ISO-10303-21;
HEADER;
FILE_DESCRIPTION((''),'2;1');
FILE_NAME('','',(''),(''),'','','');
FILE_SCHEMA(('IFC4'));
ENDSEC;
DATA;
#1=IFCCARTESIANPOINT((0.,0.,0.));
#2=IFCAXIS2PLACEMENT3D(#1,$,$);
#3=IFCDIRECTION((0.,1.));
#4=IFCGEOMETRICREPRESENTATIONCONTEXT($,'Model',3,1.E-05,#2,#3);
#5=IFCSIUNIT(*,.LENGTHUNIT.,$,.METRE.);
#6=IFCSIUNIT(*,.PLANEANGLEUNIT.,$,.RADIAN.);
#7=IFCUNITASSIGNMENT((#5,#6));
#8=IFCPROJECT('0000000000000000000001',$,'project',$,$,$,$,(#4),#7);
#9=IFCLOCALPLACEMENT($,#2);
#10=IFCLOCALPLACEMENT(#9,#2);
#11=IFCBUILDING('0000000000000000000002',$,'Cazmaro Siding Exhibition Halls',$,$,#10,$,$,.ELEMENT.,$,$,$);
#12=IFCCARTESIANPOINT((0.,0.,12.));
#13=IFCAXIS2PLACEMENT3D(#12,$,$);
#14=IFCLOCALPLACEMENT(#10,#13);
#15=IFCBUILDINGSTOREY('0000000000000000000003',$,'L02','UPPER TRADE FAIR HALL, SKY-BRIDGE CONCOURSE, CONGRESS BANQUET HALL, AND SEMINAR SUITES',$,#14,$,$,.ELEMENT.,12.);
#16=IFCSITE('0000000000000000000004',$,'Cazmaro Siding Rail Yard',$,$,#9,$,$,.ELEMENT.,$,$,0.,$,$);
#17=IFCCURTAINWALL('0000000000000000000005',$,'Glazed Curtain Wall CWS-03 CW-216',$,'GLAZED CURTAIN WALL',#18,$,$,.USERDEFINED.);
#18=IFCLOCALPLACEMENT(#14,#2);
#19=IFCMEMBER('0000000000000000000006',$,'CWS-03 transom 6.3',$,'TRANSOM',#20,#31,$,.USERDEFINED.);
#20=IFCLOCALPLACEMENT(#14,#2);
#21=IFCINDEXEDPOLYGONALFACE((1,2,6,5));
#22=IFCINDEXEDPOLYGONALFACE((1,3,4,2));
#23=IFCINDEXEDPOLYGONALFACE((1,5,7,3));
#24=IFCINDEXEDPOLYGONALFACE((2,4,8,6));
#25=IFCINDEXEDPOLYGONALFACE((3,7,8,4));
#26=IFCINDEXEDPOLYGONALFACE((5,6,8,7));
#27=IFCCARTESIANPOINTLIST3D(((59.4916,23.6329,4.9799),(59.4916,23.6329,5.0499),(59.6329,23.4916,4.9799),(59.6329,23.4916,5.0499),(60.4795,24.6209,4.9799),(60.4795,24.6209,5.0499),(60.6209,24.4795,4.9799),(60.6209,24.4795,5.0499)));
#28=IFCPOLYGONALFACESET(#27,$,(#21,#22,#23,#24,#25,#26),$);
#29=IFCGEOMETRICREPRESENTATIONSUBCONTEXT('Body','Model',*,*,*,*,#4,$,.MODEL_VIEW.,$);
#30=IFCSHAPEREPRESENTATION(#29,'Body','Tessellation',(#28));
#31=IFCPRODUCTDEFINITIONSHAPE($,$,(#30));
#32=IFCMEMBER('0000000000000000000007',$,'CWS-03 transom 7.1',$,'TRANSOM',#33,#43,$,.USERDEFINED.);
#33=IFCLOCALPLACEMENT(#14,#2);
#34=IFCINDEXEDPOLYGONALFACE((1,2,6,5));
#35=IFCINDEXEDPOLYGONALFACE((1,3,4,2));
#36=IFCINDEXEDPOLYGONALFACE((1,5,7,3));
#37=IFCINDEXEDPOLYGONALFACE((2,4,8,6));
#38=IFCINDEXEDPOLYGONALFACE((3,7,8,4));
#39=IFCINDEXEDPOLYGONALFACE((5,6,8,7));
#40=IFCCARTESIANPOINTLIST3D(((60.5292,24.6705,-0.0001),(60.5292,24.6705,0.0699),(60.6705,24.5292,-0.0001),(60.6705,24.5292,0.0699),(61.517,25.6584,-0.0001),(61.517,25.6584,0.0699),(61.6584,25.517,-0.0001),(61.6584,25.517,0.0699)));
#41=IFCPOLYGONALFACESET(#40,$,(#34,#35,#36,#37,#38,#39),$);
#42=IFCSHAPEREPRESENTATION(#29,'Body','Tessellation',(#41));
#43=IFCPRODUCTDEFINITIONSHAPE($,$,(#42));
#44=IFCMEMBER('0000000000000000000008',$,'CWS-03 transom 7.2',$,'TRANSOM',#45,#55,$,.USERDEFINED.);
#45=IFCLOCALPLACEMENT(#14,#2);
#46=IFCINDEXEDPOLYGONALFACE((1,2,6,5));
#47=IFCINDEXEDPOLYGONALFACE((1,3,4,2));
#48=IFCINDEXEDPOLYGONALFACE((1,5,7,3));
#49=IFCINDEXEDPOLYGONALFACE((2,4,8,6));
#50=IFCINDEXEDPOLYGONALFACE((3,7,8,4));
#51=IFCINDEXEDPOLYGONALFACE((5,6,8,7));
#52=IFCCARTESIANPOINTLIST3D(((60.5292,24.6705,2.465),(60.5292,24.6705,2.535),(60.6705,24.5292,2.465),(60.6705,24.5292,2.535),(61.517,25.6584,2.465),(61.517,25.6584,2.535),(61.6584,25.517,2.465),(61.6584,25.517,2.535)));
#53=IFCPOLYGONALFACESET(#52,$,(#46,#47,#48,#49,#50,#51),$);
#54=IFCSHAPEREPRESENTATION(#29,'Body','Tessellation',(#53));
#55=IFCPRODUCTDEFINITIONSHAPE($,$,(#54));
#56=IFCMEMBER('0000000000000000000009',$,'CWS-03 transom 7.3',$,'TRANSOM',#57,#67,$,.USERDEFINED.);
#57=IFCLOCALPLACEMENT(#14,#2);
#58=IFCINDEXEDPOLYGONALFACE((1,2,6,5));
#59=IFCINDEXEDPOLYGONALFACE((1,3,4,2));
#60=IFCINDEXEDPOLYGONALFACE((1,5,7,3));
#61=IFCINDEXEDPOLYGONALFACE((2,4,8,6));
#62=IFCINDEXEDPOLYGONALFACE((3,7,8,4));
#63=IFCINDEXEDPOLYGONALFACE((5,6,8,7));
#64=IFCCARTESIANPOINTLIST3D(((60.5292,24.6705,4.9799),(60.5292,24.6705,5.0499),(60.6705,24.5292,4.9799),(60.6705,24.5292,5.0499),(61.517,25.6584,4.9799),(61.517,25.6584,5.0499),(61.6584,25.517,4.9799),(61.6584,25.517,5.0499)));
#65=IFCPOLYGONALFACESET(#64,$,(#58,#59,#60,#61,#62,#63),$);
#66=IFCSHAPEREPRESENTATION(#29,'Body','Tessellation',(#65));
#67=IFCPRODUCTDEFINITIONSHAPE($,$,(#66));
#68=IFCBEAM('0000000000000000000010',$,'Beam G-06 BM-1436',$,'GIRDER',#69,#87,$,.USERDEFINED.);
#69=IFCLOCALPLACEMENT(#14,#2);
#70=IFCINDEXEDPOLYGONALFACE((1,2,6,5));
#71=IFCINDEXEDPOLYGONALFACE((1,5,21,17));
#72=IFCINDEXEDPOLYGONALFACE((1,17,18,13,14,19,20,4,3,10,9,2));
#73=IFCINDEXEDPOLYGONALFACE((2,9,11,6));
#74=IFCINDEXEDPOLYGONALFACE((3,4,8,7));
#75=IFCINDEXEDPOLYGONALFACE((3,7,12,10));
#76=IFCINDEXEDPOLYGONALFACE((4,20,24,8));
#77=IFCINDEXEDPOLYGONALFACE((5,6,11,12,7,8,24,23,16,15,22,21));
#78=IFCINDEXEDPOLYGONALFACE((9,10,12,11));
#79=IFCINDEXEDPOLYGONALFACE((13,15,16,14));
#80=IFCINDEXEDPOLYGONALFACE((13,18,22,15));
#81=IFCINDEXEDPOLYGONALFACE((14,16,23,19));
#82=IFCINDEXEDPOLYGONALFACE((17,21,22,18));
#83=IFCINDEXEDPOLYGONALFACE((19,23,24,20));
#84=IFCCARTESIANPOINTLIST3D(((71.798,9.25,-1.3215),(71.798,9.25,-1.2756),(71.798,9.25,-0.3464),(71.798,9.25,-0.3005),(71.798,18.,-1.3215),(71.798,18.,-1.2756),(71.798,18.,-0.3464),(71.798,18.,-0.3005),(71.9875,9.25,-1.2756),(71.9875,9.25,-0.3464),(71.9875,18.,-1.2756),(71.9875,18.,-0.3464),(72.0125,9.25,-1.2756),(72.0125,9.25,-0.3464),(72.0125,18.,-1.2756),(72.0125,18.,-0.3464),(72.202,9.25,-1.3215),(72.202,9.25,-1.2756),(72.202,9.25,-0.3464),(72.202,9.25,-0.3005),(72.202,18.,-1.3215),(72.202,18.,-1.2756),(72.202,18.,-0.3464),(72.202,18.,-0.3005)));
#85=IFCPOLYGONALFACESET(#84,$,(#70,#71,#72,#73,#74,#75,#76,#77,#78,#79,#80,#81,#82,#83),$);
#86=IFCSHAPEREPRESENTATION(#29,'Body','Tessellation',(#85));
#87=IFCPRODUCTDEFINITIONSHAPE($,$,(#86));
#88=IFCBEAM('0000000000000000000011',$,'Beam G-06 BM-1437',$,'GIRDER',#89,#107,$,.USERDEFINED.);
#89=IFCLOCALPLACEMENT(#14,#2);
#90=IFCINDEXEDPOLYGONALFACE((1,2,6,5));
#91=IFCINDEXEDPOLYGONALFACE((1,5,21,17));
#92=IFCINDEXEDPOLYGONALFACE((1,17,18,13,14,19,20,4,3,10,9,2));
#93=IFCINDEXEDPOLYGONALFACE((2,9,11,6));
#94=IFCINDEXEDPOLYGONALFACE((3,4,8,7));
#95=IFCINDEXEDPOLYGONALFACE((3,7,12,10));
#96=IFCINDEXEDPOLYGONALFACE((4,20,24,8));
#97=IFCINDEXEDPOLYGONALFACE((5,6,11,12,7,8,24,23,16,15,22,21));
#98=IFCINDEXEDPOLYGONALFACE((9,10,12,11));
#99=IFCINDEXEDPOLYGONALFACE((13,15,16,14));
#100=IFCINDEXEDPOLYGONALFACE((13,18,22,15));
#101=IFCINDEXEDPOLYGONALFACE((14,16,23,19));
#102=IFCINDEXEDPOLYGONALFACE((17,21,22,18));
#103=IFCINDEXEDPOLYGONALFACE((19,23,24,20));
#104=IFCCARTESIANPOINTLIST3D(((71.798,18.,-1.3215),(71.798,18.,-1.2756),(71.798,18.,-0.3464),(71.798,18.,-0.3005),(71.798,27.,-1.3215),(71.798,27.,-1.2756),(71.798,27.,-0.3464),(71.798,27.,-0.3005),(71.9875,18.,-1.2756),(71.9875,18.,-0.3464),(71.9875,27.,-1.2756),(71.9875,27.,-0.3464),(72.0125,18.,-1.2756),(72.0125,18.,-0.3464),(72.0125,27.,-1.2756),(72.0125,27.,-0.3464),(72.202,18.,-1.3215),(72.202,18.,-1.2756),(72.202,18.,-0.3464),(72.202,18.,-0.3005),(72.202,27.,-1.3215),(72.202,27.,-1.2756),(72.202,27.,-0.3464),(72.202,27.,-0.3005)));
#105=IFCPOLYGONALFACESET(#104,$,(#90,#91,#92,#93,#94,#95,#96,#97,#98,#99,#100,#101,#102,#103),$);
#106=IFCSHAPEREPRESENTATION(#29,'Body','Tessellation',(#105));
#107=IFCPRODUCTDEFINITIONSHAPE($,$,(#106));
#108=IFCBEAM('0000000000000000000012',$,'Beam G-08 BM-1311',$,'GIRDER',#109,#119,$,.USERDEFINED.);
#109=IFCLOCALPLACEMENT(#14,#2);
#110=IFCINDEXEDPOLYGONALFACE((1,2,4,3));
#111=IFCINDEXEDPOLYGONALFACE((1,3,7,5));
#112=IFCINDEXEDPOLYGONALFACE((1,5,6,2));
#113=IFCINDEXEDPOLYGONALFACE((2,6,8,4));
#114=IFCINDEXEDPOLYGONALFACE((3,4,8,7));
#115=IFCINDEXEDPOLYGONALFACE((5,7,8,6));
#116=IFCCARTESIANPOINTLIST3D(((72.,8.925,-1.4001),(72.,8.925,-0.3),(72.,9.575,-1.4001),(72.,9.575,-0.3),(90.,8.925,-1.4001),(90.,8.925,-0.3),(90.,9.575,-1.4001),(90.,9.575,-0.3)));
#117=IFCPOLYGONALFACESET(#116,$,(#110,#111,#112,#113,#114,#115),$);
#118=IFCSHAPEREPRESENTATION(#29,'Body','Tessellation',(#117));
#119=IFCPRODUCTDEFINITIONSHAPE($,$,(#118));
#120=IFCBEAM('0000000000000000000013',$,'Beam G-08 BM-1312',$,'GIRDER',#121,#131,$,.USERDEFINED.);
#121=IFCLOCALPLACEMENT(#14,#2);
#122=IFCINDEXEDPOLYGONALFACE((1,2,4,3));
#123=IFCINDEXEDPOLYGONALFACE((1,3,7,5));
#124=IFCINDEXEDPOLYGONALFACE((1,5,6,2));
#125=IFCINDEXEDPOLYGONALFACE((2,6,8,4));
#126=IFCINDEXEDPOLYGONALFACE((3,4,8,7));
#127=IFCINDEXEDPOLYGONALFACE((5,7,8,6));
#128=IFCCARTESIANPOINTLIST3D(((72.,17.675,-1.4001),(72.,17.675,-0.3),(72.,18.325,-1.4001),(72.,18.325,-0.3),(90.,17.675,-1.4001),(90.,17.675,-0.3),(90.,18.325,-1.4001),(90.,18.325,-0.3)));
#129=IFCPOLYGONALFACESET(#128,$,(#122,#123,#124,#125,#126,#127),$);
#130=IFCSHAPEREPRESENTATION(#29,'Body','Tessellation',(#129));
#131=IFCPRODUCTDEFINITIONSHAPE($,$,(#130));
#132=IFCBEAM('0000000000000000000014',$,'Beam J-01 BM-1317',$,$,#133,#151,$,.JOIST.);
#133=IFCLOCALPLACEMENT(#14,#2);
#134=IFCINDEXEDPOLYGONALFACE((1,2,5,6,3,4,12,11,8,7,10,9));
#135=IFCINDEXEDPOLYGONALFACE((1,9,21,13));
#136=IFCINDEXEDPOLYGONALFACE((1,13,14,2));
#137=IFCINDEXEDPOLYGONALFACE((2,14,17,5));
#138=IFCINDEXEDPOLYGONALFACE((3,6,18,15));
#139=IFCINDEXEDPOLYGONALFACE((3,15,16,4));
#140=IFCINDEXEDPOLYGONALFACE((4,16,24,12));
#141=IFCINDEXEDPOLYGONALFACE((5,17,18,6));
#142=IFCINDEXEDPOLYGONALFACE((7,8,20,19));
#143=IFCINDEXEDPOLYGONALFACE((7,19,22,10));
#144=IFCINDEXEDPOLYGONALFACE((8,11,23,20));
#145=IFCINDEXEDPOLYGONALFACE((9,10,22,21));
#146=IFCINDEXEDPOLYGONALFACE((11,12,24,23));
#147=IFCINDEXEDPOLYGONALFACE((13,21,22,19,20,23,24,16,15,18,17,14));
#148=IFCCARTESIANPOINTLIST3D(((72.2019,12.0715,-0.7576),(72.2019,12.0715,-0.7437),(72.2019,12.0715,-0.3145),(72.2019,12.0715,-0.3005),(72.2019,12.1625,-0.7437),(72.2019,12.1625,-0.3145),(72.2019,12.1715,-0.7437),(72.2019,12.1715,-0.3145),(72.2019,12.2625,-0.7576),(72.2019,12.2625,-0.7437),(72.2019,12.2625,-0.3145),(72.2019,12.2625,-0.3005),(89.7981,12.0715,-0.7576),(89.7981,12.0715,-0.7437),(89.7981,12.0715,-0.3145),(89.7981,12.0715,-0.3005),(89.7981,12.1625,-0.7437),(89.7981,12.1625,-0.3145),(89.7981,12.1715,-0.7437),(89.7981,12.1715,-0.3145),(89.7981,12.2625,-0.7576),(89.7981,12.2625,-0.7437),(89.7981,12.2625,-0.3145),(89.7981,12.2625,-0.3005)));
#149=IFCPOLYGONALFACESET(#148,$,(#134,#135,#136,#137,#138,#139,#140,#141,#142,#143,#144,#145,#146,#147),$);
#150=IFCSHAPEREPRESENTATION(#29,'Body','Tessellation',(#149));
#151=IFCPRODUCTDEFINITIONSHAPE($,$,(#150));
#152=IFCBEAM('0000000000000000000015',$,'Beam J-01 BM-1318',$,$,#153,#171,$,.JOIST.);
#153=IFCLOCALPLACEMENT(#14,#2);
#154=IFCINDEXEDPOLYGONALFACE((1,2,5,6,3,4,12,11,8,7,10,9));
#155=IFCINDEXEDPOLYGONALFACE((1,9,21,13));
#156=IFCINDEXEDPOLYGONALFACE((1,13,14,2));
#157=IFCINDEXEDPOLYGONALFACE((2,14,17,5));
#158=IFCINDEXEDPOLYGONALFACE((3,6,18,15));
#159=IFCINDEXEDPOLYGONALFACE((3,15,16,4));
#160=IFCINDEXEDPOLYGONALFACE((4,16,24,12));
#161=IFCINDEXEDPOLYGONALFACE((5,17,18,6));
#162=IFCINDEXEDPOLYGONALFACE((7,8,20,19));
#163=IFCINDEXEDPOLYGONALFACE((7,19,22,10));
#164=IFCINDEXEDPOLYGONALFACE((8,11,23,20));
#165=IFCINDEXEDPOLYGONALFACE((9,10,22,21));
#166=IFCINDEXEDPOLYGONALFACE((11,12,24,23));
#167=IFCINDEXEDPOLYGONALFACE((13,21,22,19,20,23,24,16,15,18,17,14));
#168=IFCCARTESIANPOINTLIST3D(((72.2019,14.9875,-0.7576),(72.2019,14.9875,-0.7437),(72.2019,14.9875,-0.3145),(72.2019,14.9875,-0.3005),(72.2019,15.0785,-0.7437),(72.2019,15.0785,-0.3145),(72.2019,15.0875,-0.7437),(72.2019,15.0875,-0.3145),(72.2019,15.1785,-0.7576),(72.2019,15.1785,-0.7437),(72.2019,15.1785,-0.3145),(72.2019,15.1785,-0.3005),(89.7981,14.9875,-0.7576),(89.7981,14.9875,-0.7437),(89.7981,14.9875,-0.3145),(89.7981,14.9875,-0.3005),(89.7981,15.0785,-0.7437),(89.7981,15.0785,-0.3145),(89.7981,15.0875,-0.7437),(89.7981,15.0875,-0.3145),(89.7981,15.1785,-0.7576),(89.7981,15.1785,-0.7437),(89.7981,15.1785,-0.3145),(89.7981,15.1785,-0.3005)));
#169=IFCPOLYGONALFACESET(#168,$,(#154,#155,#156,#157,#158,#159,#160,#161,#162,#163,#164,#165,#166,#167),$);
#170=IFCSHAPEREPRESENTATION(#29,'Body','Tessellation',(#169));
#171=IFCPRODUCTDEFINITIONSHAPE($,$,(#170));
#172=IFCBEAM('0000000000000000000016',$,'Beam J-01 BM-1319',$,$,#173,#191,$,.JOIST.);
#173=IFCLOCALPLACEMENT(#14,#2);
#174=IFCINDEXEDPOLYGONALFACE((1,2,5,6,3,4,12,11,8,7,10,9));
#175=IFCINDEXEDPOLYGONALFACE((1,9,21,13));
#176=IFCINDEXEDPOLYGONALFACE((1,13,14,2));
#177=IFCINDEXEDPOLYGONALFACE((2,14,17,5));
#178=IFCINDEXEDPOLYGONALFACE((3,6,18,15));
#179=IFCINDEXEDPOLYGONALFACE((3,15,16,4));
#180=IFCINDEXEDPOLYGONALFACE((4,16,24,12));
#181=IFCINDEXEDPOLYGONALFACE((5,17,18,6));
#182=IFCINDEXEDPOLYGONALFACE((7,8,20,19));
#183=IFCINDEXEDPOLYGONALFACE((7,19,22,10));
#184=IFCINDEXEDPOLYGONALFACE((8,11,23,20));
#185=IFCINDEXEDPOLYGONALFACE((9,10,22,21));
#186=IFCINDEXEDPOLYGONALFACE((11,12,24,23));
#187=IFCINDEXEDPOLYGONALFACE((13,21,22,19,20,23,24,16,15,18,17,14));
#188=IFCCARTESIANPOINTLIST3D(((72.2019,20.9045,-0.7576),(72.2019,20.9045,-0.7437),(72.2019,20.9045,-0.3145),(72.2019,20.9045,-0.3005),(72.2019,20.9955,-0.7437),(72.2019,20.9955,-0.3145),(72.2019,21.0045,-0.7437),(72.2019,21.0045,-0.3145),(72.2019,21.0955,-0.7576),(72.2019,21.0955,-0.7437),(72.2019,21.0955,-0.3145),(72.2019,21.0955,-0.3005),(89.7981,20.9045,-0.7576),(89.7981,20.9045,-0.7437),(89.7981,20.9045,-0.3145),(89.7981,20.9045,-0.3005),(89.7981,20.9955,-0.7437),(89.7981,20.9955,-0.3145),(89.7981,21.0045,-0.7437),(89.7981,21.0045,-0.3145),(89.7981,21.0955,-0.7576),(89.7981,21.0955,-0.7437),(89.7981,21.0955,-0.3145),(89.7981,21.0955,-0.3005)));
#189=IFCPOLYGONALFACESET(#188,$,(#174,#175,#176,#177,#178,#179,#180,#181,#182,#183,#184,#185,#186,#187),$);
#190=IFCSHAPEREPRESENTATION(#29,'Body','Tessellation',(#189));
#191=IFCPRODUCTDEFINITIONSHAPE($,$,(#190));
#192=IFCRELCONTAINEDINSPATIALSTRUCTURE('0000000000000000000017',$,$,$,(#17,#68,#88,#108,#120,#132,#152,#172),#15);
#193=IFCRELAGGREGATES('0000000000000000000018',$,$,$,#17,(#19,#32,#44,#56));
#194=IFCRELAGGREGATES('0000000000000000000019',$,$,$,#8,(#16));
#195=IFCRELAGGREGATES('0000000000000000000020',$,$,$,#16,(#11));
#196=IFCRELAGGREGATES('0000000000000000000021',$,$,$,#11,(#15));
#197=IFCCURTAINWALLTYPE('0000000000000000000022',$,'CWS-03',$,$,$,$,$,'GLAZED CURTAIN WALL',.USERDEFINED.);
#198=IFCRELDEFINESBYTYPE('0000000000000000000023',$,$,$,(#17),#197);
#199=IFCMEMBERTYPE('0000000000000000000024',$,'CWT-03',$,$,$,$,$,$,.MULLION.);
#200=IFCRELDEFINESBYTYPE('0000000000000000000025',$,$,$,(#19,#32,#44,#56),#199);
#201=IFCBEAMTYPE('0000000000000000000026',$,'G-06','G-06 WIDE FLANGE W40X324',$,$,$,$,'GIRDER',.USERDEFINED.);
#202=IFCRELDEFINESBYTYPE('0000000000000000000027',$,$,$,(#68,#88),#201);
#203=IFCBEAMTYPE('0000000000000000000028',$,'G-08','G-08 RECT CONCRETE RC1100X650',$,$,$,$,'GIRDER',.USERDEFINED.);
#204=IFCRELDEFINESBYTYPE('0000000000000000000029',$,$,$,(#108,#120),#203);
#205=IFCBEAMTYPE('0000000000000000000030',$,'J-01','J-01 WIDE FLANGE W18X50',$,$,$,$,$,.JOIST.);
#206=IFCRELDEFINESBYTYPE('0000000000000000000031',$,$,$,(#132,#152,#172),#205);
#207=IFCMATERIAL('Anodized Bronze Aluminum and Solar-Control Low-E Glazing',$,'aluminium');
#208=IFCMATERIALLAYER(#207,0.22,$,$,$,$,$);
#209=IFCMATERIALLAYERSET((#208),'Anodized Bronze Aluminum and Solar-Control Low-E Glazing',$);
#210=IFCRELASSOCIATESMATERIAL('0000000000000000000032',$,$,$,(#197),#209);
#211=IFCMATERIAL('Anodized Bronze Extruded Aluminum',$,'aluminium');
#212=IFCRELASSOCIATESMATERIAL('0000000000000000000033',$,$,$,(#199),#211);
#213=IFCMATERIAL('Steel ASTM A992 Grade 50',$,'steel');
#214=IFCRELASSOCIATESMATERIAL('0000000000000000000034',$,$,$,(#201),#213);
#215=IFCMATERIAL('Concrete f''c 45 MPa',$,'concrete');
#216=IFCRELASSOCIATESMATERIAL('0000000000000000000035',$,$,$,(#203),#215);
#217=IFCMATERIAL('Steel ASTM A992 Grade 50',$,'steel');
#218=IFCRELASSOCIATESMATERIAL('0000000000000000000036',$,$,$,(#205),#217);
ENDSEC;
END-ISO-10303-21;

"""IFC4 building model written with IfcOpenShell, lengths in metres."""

from ifc_helpers import new_model, si_unit, direction, frame, origin, origin_2d, place, context, subcontext, project, spatial, rectangle, i_section, extrude, material, layer, layer_set, material_profile, profile_set, type_object, element, aggregate, save


model = new_model("IFC4")

# Units and contexts
model_context = context("Model", 3, precision=1e-05, world=origin(), true_north=direction((0.0, 1.0)))
body_context = subcontext(model_context, "Body", "Model", "MODEL_VIEW")
ifc_project = project(units=[si_unit("LENGTHUNIT", "METRE"), si_unit("PLANEANGLEUNIT", "RADIAN")], contexts=[model_context])

# Site, building, storey
site_placement = place(None, origin())
site = spatial("IfcSite", under=ifc_project, at=site_placement, Name="Cazmaro Siding Rail Yard", CompositionType="ELEMENT", RefElevation=0.0)
building_placement = place(site_placement, origin())
building = spatial("IfcBuilding", under=site, at=building_placement, Name="Cazmaro Siding Exhibition Halls", CompositionType="ELEMENT")
storey_placement = place(building_placement, frame((0.0, 0.0, 12.0)))
storey = spatial("IfcBuildingStorey", under=building, at=storey_placement, Name="L02", Description="UPPER TRADE FAIR HALL, SKY-BRIDGE CONCOURSE, CONGRESS BANQUET HALL, AND SEMINAR SUITES", CompositionType="ELEMENT", Elevation=12.0)

# Curtain wall, members
ifc_material_1 = material(Name="Anodized Bronze Aluminum and Solar-Control Low-E Glazing", Category="aluminium")
ifc_layer_1 = layer(ifc_material_1, 0.22)
ifc_layer_set_1 = layer_set([ifc_layer_1], Name="Anodized Bronze Aluminum and Solar-Control Low-E Glazing")
curtain_wall_type = type_object("IfcCurtainWallType", Name="CWS-03", ElementType="GLAZED CURTAIN WALL", PredefinedType="USERDEFINED", material=ifc_layer_set_1)
curtain_wall_placement = place(storey_placement, origin())
curtain_wall = element("IfcCurtainWall", 1, at=curtain_wall_placement, inside=storey, type_object=curtain_wall_type, Name="Glazed Curtain Wall CWS-03 CW-216", ObjectType="GLAZED CURTAIN WALL", PredefinedType="USERDEFINED")
ifc_material_2 = material(Name="Anodized Bronze Extruded Aluminum", Category="aluminium")
ifc_material_profile_1 = material_profile(ifc_material_2, rectangle(XDim=0.2, YDim=0.0701, at=origin_2d()), Name="CWT-03")
ifc_profile_set_1 = profile_set([ifc_material_profile_1], Name="Anodized Bronze Extruded Aluminum")
member_type_1 = type_object("IfcMemberType", Name="CWT-03", PredefinedType="MULLION", material=ifc_profile_set_1)
member_1_placement = place(storey_placement, frame((59.5623, 23.5623, 5.0149), z_axis=(0.707107, 0.707107, 0.0), x_axis=(-0.707107, 0.707107, 0.0)))
member_1 = element("IfcMember", 2, at=member_1_placement, type_object=member_type_1, Name="CWS-03 transom 6.3", ObjectType="TRANSOM", PredefinedType="USERDEFINED", context=body_context, shape_type="SweptSolid", body=[
    extrude(rectangle(XDim=0.2, YDim=0.0701, at=origin_2d()), origin(), (0.0, 0.0, 1.0), 1.3972),
])
member_2_placement = place(storey_placement, frame((60.5999, 24.5999, 0.0349), z_axis=(0.707107, 0.707107, 0.0), x_axis=(-0.707107, 0.707107, 0.0)))
member_2 = element("IfcMember", 3, at=member_2_placement, type_object=member_type_1, Name="CWS-03 transom 7.1", ObjectType="TRANSOM", PredefinedType="USERDEFINED", context=body_context, shape_type="SweptSolid", body=[
    extrude(rectangle(XDim=0.2, YDim=0.0701, at=origin_2d()), origin(), (0.0, 0.0, 1.0), 1.397),
])
member_3_placement = place(storey_placement, frame((60.5999, 24.5999, 2.5), z_axis=(0.707107, 0.707107, 0.0), x_axis=(-0.707107, 0.707107, 0.0)))
member_3 = element("IfcMember", 4, at=member_3_placement, type_object=member_type_1, Name="CWS-03 transom 7.2", ObjectType="TRANSOM", PredefinedType="USERDEFINED", context=body_context, shape_type="SweptSolid", body=[
    extrude(rectangle(XDim=0.2, YDim=0.0701, at=origin_2d()), origin(), (0.0, 0.0, 1.0), 1.397),
])
member_4_placement = place(storey_placement, frame((60.5999, 24.5999, 5.0149), z_axis=(0.707107, 0.707107, 0.0), x_axis=(-0.707107, 0.707107, 0.0)))
member_4 = element("IfcMember", 5, at=member_4_placement, type_object=member_type_1, Name="CWS-03 transom 7.3", ObjectType="TRANSOM", PredefinedType="USERDEFINED", context=body_context, shape_type="SweptSolid", body=[
    extrude(rectangle(XDim=0.2, YDim=0.0701, at=origin_2d()), origin(), (0.0, 0.0, 1.0), 1.397),
])

# Beams
ifc_material_3 = material(Name="Steel ASTM A992 Grade 50", Category="steel")
ifc_material_profile_2 = material_profile(ifc_material_3, i_section(OverallWidth=0.4041, OverallDepth=1.021, WebThickness=0.0249, FlangeThickness=0.0459, at=origin_2d()), Name="W40X324")
ifc_profile_set_2 = profile_set([ifc_material_profile_2], Name="Steel ASTM A992 Grade 50")
beam_type_1 = type_object("IfcBeamType", Name="G-06", Description="G-06 WIDE FLANGE W40X324", ElementType="GIRDER", PredefinedType="USERDEFINED", material=ifc_profile_set_2)
beam_1_placement = place(storey_placement, frame((72.0, 9.25, -0.811), z_axis=(0.0, 1.0, 0.0), x_axis=(-1.0, 0.0, 0.0)))
element("IfcBeam", 6, at=beam_1_placement, inside=storey, type_object=beam_type_1, Name="Beam G-06 BM-1436", ObjectType="GIRDER", PredefinedType="USERDEFINED", context=body_context, shape_type="SweptSolid", body=[
    extrude(i_section(OverallWidth=0.4041, OverallDepth=1.021, WebThickness=0.0249, FlangeThickness=0.0459, at=origin_2d()), origin(), (0.0, 0.0, 1.0), 8.75),
])
beam_2_placement = place(storey_placement, frame((72.0, 18.0, -0.811), z_axis=(0.0, 1.0, 0.0), x_axis=(-1.0, 0.0, 0.0)))
element("IfcBeam", 7, at=beam_2_placement, inside=storey, type_object=beam_type_1, Name="Beam G-06 BM-1437", ObjectType="GIRDER", PredefinedType="USERDEFINED", context=body_context, shape_type="SweptSolid", body=[
    extrude(i_section(OverallWidth=0.4041, OverallDepth=1.021, WebThickness=0.0249, FlangeThickness=0.0459, at=origin_2d()), origin(), (0.0, 0.0, 1.0), 9.0),
])
ifc_material_4 = material(Name="Concrete f'c 45 MPa", Category="concrete")
ifc_material_profile_3 = material_profile(ifc_material_4, rectangle(XDim=0.6499, YDim=1.1001, at=origin_2d()), Name="RC1100X650")
ifc_profile_set_3 = profile_set([ifc_material_profile_3], Name="Concrete f'c 45 MPa")
beam_type_2 = type_object("IfcBeamType", Name="G-08", Description="G-08 RECT CONCRETE RC1100X650", ElementType="GIRDER", PredefinedType="USERDEFINED", material=ifc_profile_set_3)
for number, where, z_axis, x_axis, name in (
    (8, (72.0, 9.25, -0.8501), (1.0, 0.0, 0.0), (0.0, 1.0, 0.0), "Beam G-08 BM-1311"),
    (9, (72.0, 18.0, -0.8501), (1.0, 0.0, 0.0), (0.0, 1.0, 0.0), "Beam G-08 BM-1312"),
):
    element("IfcBeam", number, at=place(storey_placement, frame(where, z_axis=z_axis, x_axis=x_axis)), inside=storey, type_object=beam_type_2, Name=name, ObjectType="GIRDER", PredefinedType="USERDEFINED", context=body_context, shape_type="SweptSolid", body=[
        extrude(rectangle(XDim=0.6499, YDim=1.1001, at=origin_2d()), origin(), (0.0, 0.0, 1.0), 18.0),
    ])
ifc_material_5 = material(Name="Steel ASTM A992 Grade 50", Category="steel")
ifc_material_profile_4 = material_profile(ifc_material_5, i_section(OverallWidth=0.1909, OverallDepth=0.457, WebThickness=0.009, FlangeThickness=0.0139, at=origin_2d()), Name="W18X50")
ifc_profile_set_4 = profile_set([ifc_material_profile_4], Name="Steel ASTM A992 Grade 50")
beam_type_3 = type_object("IfcBeamType", Name="J-01", Description="J-01 WIDE FLANGE W18X50", PredefinedType="JOIST", material=ifc_profile_set_4)
for number, where, z_axis, x_axis, name in (
    (10, (72.2019, 12.167, -0.5291), (1.0, 0.0, 0.0), (0.0, 1.0, 0.0), "Beam J-01 BM-1317"),
    (11, (72.2019, 15.083, -0.5291), (1.0, 0.0, 0.0), (0.0, 1.0, 0.0), "Beam J-01 BM-1318"),
    (12, (72.2019, 21.0, -0.5291), (1.0, 0.0, 0.0), (0.0, 1.0, 0.0), "Beam J-01 BM-1319"),
):
    element("IfcBeam", number, at=place(storey_placement, frame(where, z_axis=z_axis, x_axis=x_axis)), inside=storey, type_object=beam_type_3, Name=name, PredefinedType="JOIST", context=body_context, shape_type="SweptSolid", body=[
        extrude(i_section(OverallWidth=0.1909, OverallDepth=0.457, WebThickness=0.009, FlangeThickness=0.0139, at=origin_2d()), origin(), (0.0, 0.0, 1.0), 17.5962),
    ])

aggregate(curtain_wall, [member_1, member_2, member_3, member_4])

save(model, "model.ifc")
